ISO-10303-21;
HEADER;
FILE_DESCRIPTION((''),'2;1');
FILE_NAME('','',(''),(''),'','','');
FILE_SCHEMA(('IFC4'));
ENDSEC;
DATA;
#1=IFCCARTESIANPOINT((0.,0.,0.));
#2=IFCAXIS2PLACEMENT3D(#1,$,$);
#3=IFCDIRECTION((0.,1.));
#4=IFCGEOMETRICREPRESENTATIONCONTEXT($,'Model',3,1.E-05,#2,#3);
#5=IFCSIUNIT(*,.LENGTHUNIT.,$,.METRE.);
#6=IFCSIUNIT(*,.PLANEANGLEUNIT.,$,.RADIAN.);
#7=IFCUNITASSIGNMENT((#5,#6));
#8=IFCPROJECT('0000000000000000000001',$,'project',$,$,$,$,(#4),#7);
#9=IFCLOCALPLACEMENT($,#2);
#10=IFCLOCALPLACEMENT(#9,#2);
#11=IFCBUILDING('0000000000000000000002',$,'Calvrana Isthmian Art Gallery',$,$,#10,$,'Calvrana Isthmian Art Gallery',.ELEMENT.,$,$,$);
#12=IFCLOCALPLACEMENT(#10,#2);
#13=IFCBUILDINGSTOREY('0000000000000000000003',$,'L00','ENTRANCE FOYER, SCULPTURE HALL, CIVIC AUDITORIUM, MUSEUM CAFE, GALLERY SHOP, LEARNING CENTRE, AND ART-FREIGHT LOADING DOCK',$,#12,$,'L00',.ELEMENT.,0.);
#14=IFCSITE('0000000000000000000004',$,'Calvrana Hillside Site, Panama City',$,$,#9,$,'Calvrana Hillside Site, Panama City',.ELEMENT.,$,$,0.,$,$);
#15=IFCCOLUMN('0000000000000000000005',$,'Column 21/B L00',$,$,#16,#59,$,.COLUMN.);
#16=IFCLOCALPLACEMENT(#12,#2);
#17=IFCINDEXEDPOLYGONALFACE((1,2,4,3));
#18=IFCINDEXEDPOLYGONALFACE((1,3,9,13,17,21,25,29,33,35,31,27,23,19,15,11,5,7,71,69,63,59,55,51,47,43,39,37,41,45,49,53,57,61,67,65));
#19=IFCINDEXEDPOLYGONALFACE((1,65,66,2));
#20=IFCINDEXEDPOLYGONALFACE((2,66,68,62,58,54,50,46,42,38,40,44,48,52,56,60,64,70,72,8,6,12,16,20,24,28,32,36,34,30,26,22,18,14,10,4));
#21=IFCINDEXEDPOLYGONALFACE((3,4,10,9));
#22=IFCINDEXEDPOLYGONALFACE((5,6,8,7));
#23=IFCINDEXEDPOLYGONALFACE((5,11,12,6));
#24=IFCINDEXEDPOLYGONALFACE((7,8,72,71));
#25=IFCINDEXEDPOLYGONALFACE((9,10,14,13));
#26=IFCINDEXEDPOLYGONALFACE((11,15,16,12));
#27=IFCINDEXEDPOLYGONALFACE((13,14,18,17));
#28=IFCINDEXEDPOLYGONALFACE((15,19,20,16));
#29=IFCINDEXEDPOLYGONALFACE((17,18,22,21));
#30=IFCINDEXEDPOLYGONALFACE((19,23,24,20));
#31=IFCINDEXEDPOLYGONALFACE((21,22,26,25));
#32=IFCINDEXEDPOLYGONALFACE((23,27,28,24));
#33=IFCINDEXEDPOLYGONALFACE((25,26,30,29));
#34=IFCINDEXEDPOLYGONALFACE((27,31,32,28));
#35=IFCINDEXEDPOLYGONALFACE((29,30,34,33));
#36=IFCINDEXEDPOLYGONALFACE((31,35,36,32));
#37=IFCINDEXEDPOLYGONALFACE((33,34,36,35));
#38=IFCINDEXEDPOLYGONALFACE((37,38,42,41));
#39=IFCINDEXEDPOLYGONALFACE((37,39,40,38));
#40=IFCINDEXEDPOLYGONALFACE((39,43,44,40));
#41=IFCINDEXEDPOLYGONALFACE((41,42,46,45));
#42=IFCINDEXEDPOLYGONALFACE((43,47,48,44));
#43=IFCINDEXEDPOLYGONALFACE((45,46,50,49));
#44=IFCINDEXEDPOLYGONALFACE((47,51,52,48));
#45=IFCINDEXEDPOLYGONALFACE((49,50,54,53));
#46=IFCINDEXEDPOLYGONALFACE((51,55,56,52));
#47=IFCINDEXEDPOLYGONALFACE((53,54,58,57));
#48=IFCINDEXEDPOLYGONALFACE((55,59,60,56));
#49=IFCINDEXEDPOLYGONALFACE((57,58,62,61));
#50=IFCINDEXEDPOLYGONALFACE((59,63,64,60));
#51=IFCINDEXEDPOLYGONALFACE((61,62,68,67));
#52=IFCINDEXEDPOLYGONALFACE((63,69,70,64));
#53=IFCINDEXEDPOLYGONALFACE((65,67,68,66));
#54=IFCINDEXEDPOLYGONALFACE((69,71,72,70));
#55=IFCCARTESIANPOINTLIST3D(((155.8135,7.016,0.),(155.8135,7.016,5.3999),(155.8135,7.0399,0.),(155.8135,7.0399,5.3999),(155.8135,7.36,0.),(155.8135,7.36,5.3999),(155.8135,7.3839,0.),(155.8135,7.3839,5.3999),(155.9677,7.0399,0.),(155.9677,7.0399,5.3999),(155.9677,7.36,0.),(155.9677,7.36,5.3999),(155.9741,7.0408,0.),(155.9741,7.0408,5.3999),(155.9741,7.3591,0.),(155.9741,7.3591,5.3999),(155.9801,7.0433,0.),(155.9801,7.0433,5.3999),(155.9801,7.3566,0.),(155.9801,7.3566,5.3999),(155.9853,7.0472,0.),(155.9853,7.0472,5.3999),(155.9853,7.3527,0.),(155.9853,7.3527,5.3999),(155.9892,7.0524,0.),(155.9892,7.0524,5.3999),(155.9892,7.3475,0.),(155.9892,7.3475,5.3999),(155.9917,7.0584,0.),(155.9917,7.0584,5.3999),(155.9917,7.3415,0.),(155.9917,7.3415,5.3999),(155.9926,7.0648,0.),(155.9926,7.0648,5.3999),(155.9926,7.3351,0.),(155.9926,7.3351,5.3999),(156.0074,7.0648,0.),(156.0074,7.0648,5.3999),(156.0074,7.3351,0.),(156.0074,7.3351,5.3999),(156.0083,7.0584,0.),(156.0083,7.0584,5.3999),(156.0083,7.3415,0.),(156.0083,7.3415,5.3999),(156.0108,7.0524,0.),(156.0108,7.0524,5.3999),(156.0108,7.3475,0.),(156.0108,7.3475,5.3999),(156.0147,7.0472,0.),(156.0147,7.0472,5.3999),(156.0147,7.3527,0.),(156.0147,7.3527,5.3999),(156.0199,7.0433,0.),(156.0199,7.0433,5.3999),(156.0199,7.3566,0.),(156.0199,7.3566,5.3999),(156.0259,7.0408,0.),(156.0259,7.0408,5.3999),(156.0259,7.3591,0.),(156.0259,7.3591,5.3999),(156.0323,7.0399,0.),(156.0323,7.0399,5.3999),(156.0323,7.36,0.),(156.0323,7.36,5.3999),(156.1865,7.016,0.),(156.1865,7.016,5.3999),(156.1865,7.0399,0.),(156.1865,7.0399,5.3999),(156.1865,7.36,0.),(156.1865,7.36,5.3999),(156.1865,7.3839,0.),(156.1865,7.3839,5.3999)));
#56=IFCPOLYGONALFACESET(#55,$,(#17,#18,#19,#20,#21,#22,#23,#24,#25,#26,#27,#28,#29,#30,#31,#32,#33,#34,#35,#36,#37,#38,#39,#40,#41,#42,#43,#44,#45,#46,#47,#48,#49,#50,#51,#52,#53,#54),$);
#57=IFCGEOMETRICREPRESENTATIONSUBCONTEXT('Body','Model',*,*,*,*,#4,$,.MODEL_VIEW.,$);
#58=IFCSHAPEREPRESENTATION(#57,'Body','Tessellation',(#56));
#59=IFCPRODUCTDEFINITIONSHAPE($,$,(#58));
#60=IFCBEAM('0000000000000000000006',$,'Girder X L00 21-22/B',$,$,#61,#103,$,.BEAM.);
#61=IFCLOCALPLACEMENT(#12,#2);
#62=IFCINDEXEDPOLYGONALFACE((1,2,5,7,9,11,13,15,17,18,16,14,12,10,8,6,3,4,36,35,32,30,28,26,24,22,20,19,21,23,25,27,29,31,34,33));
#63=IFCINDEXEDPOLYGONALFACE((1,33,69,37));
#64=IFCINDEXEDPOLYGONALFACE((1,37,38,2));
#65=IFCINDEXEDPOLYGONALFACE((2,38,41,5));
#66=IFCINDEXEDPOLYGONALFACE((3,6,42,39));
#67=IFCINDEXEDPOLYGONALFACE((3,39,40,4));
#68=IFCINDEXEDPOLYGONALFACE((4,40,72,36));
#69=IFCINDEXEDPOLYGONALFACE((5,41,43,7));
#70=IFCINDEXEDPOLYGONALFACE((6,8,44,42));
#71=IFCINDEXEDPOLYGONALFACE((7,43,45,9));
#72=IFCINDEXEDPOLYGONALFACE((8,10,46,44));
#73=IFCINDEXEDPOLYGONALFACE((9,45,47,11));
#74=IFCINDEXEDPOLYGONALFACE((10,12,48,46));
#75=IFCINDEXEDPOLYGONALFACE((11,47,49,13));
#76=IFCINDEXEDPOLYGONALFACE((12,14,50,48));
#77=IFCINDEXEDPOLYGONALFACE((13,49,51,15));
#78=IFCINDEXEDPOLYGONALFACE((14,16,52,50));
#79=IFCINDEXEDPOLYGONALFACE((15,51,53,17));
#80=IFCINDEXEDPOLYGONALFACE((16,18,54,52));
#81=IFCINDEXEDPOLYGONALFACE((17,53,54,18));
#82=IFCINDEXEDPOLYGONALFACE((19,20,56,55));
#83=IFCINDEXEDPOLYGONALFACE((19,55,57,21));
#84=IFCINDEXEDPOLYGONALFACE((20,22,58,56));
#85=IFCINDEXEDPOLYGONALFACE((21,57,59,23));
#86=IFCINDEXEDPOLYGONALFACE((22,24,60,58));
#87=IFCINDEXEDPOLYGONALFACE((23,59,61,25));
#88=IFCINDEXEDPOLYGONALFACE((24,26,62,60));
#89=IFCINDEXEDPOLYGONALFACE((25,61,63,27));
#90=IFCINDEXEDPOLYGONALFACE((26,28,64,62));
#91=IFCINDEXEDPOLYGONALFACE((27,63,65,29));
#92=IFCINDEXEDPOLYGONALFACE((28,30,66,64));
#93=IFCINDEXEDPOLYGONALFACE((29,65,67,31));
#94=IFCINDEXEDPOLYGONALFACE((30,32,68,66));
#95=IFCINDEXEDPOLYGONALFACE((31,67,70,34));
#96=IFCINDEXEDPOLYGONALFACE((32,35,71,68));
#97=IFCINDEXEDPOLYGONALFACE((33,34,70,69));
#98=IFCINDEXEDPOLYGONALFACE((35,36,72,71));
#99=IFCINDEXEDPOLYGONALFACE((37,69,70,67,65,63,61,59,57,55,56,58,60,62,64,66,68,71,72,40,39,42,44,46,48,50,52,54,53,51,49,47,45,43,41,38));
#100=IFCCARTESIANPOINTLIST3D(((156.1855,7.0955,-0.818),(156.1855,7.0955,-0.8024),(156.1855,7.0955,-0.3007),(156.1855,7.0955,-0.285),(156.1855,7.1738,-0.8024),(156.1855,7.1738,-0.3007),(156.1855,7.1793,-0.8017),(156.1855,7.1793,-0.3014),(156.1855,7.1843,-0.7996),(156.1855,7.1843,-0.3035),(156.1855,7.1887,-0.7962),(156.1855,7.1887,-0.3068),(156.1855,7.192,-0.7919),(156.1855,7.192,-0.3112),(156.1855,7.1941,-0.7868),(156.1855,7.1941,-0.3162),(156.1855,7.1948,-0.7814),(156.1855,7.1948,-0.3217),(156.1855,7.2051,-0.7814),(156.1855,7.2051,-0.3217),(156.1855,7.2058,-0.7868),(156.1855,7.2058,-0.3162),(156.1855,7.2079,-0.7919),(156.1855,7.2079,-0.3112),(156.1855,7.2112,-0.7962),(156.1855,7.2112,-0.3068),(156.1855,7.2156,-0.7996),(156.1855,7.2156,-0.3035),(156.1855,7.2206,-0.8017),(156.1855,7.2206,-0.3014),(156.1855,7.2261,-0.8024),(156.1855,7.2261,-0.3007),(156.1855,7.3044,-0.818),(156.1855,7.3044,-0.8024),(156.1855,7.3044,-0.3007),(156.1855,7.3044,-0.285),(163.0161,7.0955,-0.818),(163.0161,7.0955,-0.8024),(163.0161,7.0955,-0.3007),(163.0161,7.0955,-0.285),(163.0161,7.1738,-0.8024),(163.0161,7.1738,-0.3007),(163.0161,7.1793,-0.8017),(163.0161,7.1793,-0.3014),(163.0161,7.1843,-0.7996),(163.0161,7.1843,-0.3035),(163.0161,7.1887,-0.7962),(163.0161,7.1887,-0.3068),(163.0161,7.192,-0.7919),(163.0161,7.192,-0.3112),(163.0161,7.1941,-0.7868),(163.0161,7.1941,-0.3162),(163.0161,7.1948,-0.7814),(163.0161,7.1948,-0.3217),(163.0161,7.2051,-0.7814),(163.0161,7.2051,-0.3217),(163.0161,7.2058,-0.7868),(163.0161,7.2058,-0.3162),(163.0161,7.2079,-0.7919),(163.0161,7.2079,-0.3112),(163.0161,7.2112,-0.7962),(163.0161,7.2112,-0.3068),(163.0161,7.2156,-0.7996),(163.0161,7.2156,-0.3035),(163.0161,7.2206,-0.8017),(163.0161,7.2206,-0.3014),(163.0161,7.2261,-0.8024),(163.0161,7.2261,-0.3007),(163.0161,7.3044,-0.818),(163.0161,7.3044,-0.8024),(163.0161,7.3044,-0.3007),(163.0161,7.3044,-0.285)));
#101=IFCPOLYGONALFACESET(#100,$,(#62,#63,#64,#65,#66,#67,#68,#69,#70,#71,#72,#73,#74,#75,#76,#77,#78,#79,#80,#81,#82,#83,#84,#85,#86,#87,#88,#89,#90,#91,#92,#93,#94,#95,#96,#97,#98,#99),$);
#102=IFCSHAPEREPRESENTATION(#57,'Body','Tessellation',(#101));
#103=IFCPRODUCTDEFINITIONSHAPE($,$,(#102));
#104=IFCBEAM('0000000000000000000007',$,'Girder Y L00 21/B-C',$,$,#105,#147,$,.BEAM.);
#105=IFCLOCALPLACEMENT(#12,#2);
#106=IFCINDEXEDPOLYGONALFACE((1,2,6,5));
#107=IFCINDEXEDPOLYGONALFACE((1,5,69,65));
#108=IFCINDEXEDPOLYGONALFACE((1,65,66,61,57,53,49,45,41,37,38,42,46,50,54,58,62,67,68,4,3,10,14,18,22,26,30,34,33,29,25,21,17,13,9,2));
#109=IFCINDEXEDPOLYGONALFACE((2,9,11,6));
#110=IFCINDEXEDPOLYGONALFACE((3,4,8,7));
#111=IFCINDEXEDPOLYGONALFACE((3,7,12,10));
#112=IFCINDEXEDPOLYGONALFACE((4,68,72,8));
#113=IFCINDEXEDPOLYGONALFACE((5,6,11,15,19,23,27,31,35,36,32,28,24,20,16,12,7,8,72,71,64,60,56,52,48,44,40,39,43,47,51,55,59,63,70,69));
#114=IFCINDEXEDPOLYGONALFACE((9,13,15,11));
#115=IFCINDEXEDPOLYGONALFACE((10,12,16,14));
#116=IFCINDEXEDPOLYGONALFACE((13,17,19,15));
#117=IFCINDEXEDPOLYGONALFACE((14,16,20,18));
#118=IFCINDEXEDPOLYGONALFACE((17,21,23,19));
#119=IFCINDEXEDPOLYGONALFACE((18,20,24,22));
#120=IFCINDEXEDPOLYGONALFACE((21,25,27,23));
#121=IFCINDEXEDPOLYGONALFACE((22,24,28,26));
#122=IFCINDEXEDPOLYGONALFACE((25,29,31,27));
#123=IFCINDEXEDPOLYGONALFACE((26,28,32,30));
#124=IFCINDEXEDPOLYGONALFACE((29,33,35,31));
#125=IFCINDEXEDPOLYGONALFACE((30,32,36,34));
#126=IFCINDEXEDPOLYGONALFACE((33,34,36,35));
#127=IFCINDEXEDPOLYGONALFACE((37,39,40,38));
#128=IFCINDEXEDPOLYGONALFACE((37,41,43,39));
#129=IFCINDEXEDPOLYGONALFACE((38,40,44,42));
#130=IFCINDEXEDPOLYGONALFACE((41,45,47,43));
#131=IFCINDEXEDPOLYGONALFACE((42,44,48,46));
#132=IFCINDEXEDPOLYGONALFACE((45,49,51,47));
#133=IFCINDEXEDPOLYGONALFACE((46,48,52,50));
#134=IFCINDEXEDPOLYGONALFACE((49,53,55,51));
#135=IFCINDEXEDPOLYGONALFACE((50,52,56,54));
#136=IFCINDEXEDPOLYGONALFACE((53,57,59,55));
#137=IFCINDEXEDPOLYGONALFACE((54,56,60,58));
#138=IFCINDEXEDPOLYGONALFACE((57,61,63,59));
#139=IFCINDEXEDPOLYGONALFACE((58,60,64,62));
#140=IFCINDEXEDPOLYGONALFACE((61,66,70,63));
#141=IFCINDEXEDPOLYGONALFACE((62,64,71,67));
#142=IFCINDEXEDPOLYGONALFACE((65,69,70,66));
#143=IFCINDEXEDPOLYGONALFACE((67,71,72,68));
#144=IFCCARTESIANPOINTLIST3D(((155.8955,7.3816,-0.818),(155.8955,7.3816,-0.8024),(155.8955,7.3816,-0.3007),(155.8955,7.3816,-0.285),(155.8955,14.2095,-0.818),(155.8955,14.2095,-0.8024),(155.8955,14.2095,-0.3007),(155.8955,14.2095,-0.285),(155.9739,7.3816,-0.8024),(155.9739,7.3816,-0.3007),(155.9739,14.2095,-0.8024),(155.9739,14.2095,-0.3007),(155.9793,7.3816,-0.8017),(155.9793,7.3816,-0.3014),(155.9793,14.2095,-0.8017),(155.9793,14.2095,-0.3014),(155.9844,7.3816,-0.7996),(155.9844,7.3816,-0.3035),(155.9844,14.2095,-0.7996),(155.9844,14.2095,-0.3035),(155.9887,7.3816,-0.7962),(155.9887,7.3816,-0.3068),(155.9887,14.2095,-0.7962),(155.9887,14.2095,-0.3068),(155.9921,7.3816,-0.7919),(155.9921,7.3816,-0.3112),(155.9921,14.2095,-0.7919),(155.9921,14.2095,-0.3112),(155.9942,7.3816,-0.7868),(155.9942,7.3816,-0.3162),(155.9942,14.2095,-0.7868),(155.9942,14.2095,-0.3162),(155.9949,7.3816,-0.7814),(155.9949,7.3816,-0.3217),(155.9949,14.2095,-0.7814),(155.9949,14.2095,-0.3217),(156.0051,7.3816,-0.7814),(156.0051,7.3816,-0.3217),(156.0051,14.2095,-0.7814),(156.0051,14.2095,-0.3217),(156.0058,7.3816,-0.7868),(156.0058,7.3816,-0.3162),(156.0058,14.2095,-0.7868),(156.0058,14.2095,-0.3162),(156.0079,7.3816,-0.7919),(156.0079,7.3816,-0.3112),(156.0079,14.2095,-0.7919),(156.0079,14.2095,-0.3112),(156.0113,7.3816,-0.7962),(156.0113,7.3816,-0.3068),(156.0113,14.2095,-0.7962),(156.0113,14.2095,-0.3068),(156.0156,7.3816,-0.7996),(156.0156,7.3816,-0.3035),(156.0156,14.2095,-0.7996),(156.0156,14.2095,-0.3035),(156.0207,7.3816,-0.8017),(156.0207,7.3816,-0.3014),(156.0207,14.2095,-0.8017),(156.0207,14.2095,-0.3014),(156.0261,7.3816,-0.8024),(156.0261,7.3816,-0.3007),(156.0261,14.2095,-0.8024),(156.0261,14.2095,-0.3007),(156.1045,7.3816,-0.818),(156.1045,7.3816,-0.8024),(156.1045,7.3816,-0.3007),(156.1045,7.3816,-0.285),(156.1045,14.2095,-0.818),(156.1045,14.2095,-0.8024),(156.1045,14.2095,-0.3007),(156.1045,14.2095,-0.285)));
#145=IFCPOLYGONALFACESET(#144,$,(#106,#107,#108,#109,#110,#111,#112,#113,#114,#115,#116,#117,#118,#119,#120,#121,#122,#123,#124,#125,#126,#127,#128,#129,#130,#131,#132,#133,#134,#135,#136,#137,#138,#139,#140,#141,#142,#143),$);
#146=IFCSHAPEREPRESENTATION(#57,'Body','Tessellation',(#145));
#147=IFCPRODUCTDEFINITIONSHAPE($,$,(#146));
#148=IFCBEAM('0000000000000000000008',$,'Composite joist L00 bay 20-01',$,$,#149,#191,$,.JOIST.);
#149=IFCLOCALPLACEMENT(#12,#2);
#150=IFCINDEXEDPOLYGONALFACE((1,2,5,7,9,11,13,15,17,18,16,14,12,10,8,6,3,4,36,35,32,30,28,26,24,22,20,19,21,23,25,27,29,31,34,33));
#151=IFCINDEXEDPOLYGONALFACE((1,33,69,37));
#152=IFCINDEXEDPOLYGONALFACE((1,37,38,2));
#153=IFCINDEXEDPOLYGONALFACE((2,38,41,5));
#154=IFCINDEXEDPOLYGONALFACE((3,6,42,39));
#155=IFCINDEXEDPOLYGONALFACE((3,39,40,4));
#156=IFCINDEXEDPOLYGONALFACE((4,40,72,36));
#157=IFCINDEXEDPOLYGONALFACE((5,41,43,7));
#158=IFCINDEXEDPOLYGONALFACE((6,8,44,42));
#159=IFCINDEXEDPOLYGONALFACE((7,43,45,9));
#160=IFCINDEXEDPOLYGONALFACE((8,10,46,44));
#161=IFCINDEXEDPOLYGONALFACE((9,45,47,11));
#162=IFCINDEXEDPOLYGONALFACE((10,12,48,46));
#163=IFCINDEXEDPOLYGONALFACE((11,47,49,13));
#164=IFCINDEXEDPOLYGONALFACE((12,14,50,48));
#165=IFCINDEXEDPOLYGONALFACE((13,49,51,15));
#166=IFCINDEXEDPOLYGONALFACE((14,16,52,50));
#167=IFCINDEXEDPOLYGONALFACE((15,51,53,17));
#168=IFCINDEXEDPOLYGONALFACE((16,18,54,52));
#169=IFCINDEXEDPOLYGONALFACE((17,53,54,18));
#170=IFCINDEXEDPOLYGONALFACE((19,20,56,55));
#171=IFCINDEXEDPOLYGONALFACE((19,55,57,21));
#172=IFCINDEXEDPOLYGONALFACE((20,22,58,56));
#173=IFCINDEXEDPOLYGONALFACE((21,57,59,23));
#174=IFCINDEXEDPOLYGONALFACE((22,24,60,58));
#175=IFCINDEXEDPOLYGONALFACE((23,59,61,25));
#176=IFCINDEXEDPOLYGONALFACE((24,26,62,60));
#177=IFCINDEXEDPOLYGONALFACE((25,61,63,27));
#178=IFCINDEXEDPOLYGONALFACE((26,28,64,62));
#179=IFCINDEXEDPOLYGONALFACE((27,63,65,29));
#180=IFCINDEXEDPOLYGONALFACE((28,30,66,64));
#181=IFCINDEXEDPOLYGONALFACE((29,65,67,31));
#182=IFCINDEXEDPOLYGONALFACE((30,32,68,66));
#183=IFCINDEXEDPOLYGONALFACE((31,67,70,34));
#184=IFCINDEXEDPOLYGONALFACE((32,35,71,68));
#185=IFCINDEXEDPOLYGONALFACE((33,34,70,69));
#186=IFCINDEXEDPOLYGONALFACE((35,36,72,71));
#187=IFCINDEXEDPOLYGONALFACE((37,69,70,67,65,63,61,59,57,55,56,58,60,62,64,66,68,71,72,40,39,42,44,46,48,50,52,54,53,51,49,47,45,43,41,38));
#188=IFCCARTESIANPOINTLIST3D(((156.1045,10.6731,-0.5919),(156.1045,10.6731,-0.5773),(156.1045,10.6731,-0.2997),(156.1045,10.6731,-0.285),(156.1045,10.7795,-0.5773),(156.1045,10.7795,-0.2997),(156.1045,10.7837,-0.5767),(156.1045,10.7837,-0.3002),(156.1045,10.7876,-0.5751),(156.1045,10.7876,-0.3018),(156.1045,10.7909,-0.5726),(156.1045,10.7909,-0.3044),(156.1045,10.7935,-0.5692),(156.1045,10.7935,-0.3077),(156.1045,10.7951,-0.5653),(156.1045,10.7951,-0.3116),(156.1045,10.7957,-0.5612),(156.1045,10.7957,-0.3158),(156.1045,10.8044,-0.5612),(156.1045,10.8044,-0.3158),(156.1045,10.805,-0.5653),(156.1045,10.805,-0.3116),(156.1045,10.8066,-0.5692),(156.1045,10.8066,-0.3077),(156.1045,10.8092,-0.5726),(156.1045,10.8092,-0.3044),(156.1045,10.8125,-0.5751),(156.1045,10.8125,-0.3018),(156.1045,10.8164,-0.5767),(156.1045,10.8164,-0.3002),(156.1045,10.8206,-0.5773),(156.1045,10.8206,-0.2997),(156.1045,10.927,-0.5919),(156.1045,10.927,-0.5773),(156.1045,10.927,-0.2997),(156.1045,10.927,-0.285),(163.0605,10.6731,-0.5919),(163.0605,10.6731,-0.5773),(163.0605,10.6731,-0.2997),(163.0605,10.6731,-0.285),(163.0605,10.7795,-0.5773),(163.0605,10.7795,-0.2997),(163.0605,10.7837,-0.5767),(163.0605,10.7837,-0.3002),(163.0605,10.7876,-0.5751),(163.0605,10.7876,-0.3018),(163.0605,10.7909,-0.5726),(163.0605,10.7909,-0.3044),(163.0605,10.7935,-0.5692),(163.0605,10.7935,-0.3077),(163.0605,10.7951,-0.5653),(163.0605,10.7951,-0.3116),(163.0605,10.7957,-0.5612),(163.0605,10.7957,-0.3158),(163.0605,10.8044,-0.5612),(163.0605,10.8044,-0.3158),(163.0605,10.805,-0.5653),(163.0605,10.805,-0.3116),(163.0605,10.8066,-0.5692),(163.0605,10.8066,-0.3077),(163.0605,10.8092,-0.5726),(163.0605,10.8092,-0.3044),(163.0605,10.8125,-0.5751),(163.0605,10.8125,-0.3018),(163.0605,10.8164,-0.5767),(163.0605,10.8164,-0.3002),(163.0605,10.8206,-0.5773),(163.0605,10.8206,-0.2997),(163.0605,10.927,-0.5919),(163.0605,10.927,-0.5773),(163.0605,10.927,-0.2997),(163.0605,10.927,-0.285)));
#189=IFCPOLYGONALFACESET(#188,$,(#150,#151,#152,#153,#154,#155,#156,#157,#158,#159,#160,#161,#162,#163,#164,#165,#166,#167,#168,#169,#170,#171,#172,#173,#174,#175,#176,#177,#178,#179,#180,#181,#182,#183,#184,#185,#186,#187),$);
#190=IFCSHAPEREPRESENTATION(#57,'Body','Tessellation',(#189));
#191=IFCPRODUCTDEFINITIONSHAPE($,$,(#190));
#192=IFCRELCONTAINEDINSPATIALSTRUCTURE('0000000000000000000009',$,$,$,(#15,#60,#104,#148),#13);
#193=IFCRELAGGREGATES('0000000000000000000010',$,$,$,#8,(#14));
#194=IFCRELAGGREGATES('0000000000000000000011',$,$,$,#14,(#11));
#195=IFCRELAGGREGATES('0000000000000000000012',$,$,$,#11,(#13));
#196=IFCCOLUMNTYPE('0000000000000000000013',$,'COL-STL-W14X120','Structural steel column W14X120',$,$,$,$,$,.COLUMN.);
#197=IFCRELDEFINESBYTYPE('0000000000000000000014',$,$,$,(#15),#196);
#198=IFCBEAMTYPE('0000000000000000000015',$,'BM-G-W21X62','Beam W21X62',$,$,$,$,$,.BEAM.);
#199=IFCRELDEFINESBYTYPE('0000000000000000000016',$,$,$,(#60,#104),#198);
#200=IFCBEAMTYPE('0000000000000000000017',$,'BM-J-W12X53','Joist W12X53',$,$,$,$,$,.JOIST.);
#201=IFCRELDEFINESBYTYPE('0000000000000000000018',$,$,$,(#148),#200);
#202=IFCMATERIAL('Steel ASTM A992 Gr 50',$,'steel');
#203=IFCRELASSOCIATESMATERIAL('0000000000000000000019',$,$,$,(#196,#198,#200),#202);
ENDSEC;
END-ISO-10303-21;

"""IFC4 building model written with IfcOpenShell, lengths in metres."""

from ifc_helpers import new_model, si_unit, direction, frame, origin, origin_2d, place, context, subcontext, project, spatial, i_section, extrude, material, material_profile, profile_set, type_object, element, save


model = new_model("IFC4")

# Units and contexts
model_context = context("Model", 3, precision=1e-05, world=origin(), true_north=direction((0.0, 1.0)))
body_context = subcontext(model_context, "Body", "Model", "MODEL_VIEW")
ifc_project = project(units=[si_unit("LENGTHUNIT", "METRE"), si_unit("PLANEANGLEUNIT", "RADIAN")], contexts=[model_context])

# Site, building, storey
site_placement = place(None, origin())
site = spatial("IfcSite", under=ifc_project, at=site_placement, Name="Calvrana Hillside Site, Panama City", LongName="Calvrana Hillside Site, Panama City", CompositionType="ELEMENT", RefElevation=0.0)
building_placement = place(site_placement, origin())
building = spatial("IfcBuilding", under=site, at=building_placement, Name="Calvrana Isthmian Art Gallery", LongName="Calvrana Isthmian Art Gallery", CompositionType="ELEMENT")
storey_placement = place(building_placement, origin())
storey = spatial("IfcBuildingStorey", under=building, at=storey_placement, Name="L00", Description="ENTRANCE FOYER, SCULPTURE HALL, CIVIC AUDITORIUM, MUSEUM CAFE, GALLERY SHOP, LEARNING CENTRE, AND ART-FREIGHT LOADING DOCK", LongName="L00", CompositionType="ELEMENT", Elevation=0.0)

# Column
ifc_material_1 = material(Name="Steel ASTM A992 Gr 50", Category="steel")
ifc_material_profile_1 = material_profile(ifc_material_1, i_section(OverallWidth=0.373, OverallDepth=0.3679, WebThickness=0.0149, FlangeThickness=0.0239, FilletRadius=0.0249, at=origin_2d()), Name="W14X120")
ifc_profile_set_1 = profile_set([ifc_material_profile_1], Name="Steel ASTM A992 Gr 50")
column_type = type_object("IfcColumnType", Name="COL-STL-W14X120", Description="Structural steel column W14X120", PredefinedType="COLUMN", material=ifc_profile_set_1)
column_placement = place(storey_placement, frame((156.0, 7.2, 0.0), z_axis=(0.0, 0.0, 1.0), x_axis=(1.0, 0.0, 0.0)))
element("IfcColumn", 1, at=column_placement, inside=storey, type_object=column_type, Name="Column 21/B L00", PredefinedType="COLUMN", context=body_context, shape_type="SweptSolid", body=[
    extrude(i_section(OverallWidth=0.373, OverallDepth=0.3679, WebThickness=0.0149, FlangeThickness=0.0239, FilletRadius=0.0249, at=origin_2d()), origin(), (0.0, 0.0, 1.0), 5.3999),
])

# Beams
ifc_material_profile_2 = material_profile(ifc_material_1, i_section(OverallWidth=0.209, OverallDepth=0.533, WebThickness=0.0103, FlangeThickness=0.0156, FilletRadius=0.021, at=origin_2d()), Name="W21X62")
ifc_profile_set_2 = profile_set([ifc_material_profile_2], Name="Steel ASTM A992 Gr 50")
beam_type_1 = type_object("IfcBeamType", Name="BM-G-W21X62", Description="Beam W21X62", PredefinedType="BEAM", material=ifc_profile_set_2)
beam_1_placement = place(storey_placement, frame((156.1855, 7.2, -0.5515), z_axis=(1.0, 0.0, 0.0), x_axis=(0.0, 1.0, 0.0)))
element("IfcBeam", 2, at=beam_1_placement, inside=storey, type_object=beam_type_1, Name="Girder X L00 21-22/B", PredefinedType="BEAM", context=body_context, shape_type="SweptSolid", body=[
    extrude(i_section(OverallWidth=0.209, OverallDepth=0.533, WebThickness=0.0103, FlangeThickness=0.0156, FilletRadius=0.021, at=origin_2d()), origin(), (0.0, 0.0, 1.0), 6.8306),
])
beam_2_placement = place(storey_placement, frame((156.0, 7.3816, -0.5515), z_axis=(0.0, 1.0, 0.0), x_axis=(-1.0, 0.0, 0.0)))
element("IfcBeam", 3, at=beam_2_placement, inside=storey, type_object=beam_type_1, Name="Girder Y L00 21/B-C", PredefinedType="BEAM", context=body_context, shape_type="SweptSolid", body=[
    extrude(i_section(OverallWidth=0.209, OverallDepth=0.533, WebThickness=0.0103, FlangeThickness=0.0156, FilletRadius=0.021, at=origin_2d()), origin(), (0.0, 0.0, 1.0), 6.8279),
])
ifc_material_profile_3 = material_profile(ifc_material_1, i_section(OverallWidth=0.2539, OverallDepth=0.3069, WebThickness=0.0088, FlangeThickness=0.0146, FilletRadius=0.0161, at=origin_2d()), Name="W12X53")
ifc_profile_set_3 = profile_set([ifc_material_profile_3], Name="Steel ASTM A992 Gr 50")
beam_type_2 = type_object("IfcBeamType", Name="BM-J-W12X53", Description="Joist W12X53", PredefinedType="JOIST", material=ifc_profile_set_3)
beam_3_placement = place(storey_placement, frame((156.1045, 10.8, -0.4385), z_axis=(1.0, 0.0, 0.0), x_axis=(0.0, 1.0, 0.0)))
element("IfcBeam", 4, at=beam_3_placement, inside=storey, type_object=beam_type_2, Name="Composite joist L00 bay 20-01", PredefinedType="JOIST", context=body_context, shape_type="SweptSolid", body=[
    extrude(i_section(OverallWidth=0.2539, OverallDepth=0.3069, WebThickness=0.0088, FlangeThickness=0.0146, FilletRadius=0.0161, at=origin_2d()), origin(), (0.0, 0.0, 1.0), 6.9561),
])

save(model, "model.ifc")
